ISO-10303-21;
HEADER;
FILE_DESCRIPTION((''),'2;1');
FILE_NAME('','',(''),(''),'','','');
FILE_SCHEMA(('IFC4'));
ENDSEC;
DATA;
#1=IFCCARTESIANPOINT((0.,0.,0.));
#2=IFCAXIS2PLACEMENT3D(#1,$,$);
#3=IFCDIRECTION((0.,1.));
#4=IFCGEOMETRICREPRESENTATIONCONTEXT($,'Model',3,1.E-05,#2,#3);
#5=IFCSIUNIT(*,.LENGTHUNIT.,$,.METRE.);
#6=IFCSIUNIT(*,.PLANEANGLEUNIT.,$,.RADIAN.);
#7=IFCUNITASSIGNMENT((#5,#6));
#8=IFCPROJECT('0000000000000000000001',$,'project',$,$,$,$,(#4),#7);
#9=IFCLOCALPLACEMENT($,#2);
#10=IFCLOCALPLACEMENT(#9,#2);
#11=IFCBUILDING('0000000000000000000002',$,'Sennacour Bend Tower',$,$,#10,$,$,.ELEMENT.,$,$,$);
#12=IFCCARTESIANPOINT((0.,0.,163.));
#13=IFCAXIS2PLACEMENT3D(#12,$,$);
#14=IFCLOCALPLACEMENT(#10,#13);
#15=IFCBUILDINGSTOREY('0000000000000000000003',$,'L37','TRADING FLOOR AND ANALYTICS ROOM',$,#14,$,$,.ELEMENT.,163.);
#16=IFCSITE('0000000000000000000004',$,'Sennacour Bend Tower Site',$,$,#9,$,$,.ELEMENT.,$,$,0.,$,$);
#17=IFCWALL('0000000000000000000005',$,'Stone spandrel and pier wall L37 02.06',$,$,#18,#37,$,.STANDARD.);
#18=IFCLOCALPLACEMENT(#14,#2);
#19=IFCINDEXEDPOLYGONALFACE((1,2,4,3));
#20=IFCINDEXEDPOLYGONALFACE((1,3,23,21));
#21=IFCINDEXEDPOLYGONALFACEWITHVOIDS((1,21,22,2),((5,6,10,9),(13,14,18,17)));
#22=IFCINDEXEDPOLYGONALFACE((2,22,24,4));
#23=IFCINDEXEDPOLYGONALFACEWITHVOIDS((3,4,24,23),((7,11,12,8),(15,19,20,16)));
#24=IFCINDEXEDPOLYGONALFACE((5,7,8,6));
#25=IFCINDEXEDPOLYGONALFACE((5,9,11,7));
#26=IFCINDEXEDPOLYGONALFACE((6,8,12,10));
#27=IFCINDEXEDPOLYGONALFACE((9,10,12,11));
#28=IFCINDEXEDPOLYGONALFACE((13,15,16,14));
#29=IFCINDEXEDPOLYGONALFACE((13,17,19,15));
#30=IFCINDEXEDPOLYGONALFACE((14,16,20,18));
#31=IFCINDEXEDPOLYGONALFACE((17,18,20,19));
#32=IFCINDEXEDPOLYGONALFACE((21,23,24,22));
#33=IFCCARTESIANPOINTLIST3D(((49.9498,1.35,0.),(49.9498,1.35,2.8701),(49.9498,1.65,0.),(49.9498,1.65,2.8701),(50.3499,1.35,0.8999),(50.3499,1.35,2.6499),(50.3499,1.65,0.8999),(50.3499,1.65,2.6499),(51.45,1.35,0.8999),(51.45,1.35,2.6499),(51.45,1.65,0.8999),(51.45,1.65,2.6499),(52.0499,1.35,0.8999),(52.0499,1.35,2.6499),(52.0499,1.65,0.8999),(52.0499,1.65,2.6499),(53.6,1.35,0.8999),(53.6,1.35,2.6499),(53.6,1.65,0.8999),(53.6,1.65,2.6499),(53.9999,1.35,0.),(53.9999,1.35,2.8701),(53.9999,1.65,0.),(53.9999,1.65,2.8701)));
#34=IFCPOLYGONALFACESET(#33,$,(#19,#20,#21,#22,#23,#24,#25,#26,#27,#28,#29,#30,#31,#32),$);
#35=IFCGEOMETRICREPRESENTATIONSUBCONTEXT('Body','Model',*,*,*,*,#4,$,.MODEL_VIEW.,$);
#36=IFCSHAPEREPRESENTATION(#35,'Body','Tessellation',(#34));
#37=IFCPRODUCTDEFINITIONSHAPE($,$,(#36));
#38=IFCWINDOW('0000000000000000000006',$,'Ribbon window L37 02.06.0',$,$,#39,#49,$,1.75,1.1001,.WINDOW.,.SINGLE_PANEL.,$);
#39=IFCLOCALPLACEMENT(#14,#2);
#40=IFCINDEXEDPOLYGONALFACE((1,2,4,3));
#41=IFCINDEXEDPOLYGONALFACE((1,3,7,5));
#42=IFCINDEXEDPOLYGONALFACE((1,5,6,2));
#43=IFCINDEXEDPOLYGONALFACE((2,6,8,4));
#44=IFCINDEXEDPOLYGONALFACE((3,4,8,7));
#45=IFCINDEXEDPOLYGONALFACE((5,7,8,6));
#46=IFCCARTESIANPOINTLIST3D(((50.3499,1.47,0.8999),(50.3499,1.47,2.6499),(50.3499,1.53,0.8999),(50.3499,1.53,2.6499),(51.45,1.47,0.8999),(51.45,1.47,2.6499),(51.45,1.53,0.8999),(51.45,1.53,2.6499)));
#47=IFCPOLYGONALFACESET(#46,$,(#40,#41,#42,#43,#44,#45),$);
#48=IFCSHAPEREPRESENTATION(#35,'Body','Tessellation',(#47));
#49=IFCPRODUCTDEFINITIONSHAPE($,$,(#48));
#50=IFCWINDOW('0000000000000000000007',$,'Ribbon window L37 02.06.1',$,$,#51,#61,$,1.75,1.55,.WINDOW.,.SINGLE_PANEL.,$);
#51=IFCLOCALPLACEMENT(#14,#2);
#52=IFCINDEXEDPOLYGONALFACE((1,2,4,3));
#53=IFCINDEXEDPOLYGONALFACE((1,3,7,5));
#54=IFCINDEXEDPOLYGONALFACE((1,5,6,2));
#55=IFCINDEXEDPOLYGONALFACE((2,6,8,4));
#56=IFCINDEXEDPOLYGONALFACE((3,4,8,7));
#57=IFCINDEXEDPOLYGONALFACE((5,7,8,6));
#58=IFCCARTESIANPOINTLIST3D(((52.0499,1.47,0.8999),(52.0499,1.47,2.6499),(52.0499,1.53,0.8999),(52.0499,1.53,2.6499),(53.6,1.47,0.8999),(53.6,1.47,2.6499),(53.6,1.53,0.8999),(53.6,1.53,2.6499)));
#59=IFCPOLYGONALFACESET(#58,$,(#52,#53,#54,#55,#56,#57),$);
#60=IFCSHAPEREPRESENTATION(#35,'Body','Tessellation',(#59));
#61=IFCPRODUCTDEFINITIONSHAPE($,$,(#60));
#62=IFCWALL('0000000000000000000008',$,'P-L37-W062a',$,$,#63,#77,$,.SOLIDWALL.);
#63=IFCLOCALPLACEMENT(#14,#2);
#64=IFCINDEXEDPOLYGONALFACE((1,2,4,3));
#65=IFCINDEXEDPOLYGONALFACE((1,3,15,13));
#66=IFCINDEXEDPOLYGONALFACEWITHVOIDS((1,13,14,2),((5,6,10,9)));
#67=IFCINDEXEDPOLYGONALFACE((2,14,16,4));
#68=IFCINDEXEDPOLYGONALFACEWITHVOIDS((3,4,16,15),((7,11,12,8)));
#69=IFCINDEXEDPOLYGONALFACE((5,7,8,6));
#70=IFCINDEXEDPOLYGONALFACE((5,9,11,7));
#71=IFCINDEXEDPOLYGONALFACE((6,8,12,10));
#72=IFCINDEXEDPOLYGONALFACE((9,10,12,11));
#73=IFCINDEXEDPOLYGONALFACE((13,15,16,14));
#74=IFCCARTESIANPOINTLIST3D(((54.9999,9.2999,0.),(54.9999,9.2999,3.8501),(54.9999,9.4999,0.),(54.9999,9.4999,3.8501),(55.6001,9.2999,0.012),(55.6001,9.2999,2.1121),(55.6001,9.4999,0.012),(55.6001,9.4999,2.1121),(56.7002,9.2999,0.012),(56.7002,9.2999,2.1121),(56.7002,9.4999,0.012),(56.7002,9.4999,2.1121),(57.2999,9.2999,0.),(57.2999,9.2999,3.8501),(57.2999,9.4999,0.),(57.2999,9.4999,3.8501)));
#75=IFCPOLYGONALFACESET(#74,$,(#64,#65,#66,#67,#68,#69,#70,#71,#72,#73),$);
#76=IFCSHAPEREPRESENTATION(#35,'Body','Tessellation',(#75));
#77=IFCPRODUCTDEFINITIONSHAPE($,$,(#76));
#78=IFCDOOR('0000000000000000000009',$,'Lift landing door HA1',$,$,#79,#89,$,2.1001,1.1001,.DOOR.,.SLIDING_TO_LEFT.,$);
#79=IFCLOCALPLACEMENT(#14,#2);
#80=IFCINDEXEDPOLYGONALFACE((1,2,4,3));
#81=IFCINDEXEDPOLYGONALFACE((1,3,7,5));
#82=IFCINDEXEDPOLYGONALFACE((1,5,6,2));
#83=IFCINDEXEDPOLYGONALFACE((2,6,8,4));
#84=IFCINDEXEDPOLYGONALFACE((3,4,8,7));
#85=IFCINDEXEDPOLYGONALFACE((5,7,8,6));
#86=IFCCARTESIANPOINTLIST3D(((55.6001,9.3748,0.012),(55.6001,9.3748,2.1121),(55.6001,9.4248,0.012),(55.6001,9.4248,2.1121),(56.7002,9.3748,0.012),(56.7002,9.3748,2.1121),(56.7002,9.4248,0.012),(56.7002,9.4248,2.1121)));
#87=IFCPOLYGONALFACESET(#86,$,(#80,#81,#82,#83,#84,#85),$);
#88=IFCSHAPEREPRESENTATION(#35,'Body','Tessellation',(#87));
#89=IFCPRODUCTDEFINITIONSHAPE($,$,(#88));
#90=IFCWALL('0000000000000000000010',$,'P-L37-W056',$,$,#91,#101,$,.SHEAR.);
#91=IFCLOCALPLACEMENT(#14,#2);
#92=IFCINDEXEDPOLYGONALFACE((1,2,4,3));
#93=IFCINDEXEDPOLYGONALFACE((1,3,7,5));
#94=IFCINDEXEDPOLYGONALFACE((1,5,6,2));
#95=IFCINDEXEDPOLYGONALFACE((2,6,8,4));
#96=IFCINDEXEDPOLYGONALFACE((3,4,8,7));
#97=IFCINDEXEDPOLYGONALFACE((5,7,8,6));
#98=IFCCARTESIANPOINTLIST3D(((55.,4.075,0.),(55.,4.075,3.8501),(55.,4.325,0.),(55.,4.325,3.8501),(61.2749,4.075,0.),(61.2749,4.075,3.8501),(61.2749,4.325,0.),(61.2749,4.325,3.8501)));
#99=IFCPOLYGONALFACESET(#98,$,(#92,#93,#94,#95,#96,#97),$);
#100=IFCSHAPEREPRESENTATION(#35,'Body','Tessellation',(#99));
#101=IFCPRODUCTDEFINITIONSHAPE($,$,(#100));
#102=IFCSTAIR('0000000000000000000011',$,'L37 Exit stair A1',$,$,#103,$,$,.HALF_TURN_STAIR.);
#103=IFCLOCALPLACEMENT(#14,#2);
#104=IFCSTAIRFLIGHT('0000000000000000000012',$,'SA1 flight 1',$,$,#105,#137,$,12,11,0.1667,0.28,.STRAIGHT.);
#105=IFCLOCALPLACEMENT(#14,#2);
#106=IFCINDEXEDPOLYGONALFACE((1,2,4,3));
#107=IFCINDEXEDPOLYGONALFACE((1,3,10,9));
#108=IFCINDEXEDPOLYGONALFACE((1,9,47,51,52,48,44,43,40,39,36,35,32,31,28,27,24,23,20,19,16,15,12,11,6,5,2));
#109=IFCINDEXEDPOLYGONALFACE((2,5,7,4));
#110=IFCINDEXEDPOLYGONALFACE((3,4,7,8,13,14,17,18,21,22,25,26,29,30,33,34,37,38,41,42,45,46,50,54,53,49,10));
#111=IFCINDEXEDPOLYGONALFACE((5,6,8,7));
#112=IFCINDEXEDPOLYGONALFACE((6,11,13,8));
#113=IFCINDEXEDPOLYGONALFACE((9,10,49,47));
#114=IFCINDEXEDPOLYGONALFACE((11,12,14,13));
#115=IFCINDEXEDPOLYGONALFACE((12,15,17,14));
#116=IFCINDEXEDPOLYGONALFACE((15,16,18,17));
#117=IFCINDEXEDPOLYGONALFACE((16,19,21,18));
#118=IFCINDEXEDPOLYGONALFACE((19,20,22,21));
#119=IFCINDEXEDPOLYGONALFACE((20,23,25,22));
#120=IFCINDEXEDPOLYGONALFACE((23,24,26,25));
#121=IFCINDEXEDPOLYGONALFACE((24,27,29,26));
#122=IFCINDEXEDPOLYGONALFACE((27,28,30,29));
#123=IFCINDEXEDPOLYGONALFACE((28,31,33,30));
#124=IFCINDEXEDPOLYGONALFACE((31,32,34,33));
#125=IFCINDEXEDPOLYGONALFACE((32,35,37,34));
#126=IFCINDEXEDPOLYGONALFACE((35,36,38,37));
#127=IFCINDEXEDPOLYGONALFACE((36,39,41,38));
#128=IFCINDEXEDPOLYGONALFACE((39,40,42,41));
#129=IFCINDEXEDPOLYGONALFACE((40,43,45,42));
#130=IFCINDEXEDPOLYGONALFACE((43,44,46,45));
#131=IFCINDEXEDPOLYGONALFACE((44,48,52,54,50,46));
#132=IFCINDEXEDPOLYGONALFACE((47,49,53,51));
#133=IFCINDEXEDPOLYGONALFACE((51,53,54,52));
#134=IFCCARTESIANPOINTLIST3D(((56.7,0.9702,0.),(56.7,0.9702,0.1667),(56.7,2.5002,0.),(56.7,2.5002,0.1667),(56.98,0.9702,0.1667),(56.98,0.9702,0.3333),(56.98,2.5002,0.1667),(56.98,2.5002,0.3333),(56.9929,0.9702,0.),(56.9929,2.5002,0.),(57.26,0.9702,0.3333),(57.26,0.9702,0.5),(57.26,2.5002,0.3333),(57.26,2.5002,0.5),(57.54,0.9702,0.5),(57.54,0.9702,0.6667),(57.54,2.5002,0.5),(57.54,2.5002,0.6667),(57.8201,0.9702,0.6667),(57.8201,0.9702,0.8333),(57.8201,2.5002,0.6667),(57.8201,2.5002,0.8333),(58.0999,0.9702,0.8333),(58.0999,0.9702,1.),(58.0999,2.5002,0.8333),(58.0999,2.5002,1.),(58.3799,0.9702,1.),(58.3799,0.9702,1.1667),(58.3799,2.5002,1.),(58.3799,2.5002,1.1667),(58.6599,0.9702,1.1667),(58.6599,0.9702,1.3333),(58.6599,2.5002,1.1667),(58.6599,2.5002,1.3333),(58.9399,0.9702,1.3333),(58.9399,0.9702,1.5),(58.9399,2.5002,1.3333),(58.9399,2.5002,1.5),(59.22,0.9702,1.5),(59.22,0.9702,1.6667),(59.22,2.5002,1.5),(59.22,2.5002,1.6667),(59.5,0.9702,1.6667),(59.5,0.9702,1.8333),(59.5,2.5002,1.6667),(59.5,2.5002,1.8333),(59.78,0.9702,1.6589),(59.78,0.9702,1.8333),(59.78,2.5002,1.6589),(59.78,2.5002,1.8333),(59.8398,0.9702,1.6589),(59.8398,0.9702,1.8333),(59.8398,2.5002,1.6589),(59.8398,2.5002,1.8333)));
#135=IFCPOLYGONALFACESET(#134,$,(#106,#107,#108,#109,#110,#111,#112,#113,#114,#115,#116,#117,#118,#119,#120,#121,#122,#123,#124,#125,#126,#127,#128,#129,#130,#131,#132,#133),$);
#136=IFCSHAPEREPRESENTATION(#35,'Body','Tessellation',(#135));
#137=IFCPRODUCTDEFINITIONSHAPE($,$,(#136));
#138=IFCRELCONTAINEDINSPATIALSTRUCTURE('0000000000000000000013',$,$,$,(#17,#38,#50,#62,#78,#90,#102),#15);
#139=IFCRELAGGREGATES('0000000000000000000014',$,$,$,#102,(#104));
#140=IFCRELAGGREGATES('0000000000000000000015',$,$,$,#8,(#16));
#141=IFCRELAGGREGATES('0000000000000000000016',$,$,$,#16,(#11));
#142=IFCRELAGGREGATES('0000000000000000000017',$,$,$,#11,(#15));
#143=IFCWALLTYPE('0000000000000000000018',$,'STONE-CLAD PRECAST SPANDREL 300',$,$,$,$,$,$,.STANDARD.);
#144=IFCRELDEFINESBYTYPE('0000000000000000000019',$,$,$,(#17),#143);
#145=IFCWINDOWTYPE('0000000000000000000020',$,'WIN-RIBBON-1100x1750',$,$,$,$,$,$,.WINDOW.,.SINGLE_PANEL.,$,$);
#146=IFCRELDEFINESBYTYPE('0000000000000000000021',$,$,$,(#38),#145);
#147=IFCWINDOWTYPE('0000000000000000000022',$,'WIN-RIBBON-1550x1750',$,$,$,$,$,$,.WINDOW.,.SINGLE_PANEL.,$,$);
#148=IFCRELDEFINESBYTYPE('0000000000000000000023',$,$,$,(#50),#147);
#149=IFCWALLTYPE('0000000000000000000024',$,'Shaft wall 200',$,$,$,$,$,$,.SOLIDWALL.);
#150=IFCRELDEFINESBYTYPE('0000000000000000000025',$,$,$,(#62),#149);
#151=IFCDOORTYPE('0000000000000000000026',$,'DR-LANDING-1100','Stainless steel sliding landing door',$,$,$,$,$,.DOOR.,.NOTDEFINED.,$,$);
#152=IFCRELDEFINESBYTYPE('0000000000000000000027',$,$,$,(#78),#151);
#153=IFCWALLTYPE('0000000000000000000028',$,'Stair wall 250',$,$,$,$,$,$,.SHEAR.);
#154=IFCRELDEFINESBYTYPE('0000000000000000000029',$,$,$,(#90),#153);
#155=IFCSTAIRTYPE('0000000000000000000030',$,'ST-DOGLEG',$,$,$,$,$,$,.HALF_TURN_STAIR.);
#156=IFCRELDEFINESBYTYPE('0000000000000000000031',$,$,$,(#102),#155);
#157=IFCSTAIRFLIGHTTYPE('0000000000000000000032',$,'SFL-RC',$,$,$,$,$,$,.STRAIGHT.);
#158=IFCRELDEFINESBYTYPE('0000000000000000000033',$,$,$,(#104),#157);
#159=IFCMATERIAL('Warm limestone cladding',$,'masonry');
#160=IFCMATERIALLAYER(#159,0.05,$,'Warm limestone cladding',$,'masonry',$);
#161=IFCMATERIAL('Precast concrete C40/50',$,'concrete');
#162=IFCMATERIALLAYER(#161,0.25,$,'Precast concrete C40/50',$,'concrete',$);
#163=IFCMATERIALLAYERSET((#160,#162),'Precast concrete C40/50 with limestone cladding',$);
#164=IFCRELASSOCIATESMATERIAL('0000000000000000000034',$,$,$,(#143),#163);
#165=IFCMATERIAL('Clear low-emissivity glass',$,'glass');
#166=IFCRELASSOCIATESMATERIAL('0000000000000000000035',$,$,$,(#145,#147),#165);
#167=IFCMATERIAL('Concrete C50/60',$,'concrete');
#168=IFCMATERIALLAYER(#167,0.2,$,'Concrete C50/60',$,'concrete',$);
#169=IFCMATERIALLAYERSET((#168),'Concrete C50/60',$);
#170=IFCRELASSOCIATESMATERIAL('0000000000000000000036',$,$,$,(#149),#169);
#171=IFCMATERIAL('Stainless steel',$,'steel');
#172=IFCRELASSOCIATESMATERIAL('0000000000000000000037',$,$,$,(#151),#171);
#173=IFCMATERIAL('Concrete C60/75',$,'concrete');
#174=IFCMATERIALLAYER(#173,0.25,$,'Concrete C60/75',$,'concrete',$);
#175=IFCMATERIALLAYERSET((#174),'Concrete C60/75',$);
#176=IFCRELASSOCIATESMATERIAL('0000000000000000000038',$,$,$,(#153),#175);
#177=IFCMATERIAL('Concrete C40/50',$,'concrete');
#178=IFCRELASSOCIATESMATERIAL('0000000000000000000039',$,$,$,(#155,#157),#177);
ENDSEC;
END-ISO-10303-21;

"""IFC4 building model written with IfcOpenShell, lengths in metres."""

from ifc_helpers import new_model, si_unit, direction, frame, frame_2d, origin, place, context, subcontext, project, spatial, polyline, rectangle, outline, extrude, material, layer, layer_set, type_object, element, fill, aggregate, save


model = new_model("IFC4")

# Units and contexts
model_context = context("Model", 3, precision=1e-05, world=origin(), true_north=direction((0.0, 1.0)))
body_context = subcontext(model_context, "Body", "Model", "MODEL_VIEW")
ifc_project = project(units=[si_unit("LENGTHUNIT", "METRE"), si_unit("PLANEANGLEUNIT", "RADIAN")], contexts=[model_context])

# Site, building, storey
site_placement = place(None, origin())
site = spatial("IfcSite", under=ifc_project, at=site_placement, Name="Sennacour Bend Tower Site", CompositionType="ELEMENT", RefElevation=0.0)
building_placement = place(site_placement, origin())
building = spatial("IfcBuilding", under=site, at=building_placement, Name="Sennacour Bend Tower", CompositionType="ELEMENT")
storey_placement = place(building_placement, frame((0.0, 0.0, 163.0)))
storey = spatial("IfcBuildingStorey", under=building, at=storey_placement, Name="L37", Description="TRADING FLOOR AND ANALYTICS ROOM", CompositionType="ELEMENT", Elevation=163.0)

# Shared definitions
ifc_material_1 = material(Name="Concrete C60/75", Category="concrete")

# Wall, openings, windows
ifc_material_2 = material(Name="Warm limestone cladding", Category="masonry")
ifc_layer_1 = layer(ifc_material_2, 0.05, Name="Warm limestone cladding", Category="masonry")
ifc_material_3 = material(Name="Precast concrete C40/50", Category="concrete")
ifc_layer_2 = layer(ifc_material_3, 0.25, Name="Precast concrete C40/50", Category="concrete")
ifc_layer_set_1 = layer_set([ifc_layer_1, ifc_layer_2], Name="Precast concrete C40/50 with limestone cladding")
wall_type_1 = type_object("IfcWallType", Name="STONE-CLAD PRECAST SPANDREL 300", PredefinedType="STANDARD", material=ifc_layer_set_1)
wall_1_placement = place(storey_placement, frame((49.95, 1.5, 0.0), z_axis=(0.0, 0.0, 1.0), x_axis=(1.0, 0.0, 0.0)))
wall_1 = element("IfcWall", 1, at=wall_1_placement, inside=storey, type_object=wall_type_1, Name="Stone spandrel and pier wall L37 02.06", PredefinedType="STANDARD", context=body_context, shape_type="SweptSolid", body=[
    extrude(rectangle(XDim=4.05, YDim=0.3, at=frame_2d((2.0249, 0.0))), origin(), (0.0, 0.0, 1.0), 2.8701),
])
opening_1_placement = place(wall_1_placement, frame((0.3999, 0.0, 0.8999)))
opening_1 = element("IfcOpeningElement", 2, at=opening_1_placement, cuts=wall_1, PredefinedType="OPENING", context=body_context, shape_type="SweptSolid", body=[
    extrude(rectangle(XDim=1.1001, YDim=1.75, at=frame_2d((0.55, 0.875))), frame((0.0, 0.1602, 0.0), z_axis=(0.0, -1.0, 0.0), x_axis=(1.0, 0.0, 0.0)), (0.0, 0.0, 1.0), 0.3201),
])
opening_2_placement = place(wall_1_placement, frame((2.1001, 0.0, 0.8999)))
opening_2 = element("IfcOpeningElement", 3, at=opening_2_placement, cuts=wall_1, PredefinedType="OPENING", context=body_context, shape_type="SweptSolid", body=[
    extrude(rectangle(XDim=1.55, YDim=1.75, at=frame_2d((0.7749, 0.875))), frame((0.0, 0.1602, 0.0), z_axis=(0.0, -1.0, 0.0), x_axis=(1.0, 0.0, 0.0)), (0.0, 0.0, 1.0), 0.3201),
])
ifc_material_4 = material(Name="Clear low-emissivity glass", Category="glass")
window_type_1 = type_object("IfcWindowType", Name="WIN-RIBBON-1100x1750", PartitioningType="SINGLE_PANEL", PredefinedType="WINDOW", material=ifc_material_4)
window_1_placement = place(opening_1_placement, origin())
window_1 = element("IfcWindow", 4, at=window_1_placement, inside=storey, type_object=window_type_1, Name="Ribbon window L37 02.06.0", OverallHeight=1.75, OverallWidth=1.1001, PartitioningType="SINGLE_PANEL", PredefinedType="WINDOW", context=body_context, shape_type="SweptSolid", body=[
    extrude(rectangle(XDim=1.1001, YDim=1.75, at=frame_2d((0.55, 0.875))), frame((0.0, 0.03, 0.0), z_axis=(0.0, -1.0, 0.0), x_axis=(1.0, 0.0, 0.0)), (0.0, 0.0, 1.0), 0.0601),
])
fill(opening_1, window_1)
window_type_2 = type_object("IfcWindowType", Name="WIN-RIBBON-1550x1750", PartitioningType="SINGLE_PANEL", PredefinedType="WINDOW", material=ifc_material_4)
window_2_placement = place(opening_2_placement, origin())
window_2 = element("IfcWindow", 5, at=window_2_placement, inside=storey, type_object=window_type_2, Name="Ribbon window L37 02.06.1", OverallHeight=1.75, OverallWidth=1.55, PartitioningType="SINGLE_PANEL", PredefinedType="WINDOW", context=body_context, shape_type="SweptSolid", body=[
    extrude(rectangle(XDim=1.55, YDim=1.75, at=frame_2d((0.7749, 0.875))), frame((0.0, 0.03, 0.0), z_axis=(0.0, -1.0, 0.0), x_axis=(1.0, 0.0, 0.0)), (0.0, 0.0, 1.0), 0.0601),
])
fill(opening_2, window_2)

# Wall, opening, door
ifc_material_5 = material(Name="Concrete C50/60", Category="concrete")
ifc_layer_3 = layer(ifc_material_5, 0.2, Name="Concrete C50/60", Category="concrete")
ifc_layer_set_2 = layer_set([ifc_layer_3], Name="Concrete C50/60")
wall_type_2 = type_object("IfcWallType", Name="Shaft wall 200", PredefinedType="SOLIDWALL", material=ifc_layer_set_2)
wall_2_placement = place(storey_placement, frame((55.0, 9.3999, 0.0), z_axis=(0.0, 0.0, 1.0), x_axis=(1.0, 0.0, 0.0)))
wall_2 = element("IfcWall", 6, at=wall_2_placement, inside=storey, type_object=wall_type_2, Name="P-L37-W062a", PredefinedType="SOLIDWALL", context=body_context, shape_type="SweptSolid", body=[
    extrude(rectangle(XDim=2.3, YDim=0.2, at=frame_2d((1.1499, 0.0))), origin(), (0.0, 0.0, 1.0), 3.8501),
])
opening_3_placement = place(wall_2_placement, frame((0.6001, 0.0, 0.012)))
opening_3 = element("IfcOpeningElement", 7, at=opening_3_placement, cuts=wall_2, PredefinedType="OPENING", context=body_context, shape_type="SweptSolid", body=[
    extrude(rectangle(XDim=1.1001, YDim=2.1001, at=frame_2d((0.55, 1.05))), frame((0.0, 0.1099, 0.0), z_axis=(0.0, -1.0, 0.0), x_axis=(1.0, 0.0, 0.0)), (0.0, 0.0, 1.0), 0.22),
])
ifc_material_6 = material(Name="Stainless steel", Category="steel")
door_type_1 = type_object("IfcDoorType", Name="DR-LANDING-1100", Description="Stainless steel sliding landing door", OperationType="NOTDEFINED", PredefinedType="DOOR", material=ifc_material_6)
door_1_placement = place(opening_3_placement, origin())
door_1 = element("IfcDoor", 8, at=door_1_placement, inside=storey, type_object=door_type_1, Name="Lift landing door HA1", OperationType="SLIDING_TO_LEFT", OverallHeight=2.1001, OverallWidth=1.1001, PredefinedType="DOOR", context=body_context, shape_type="SweptSolid", body=[
    extrude(rectangle(XDim=1.1001, YDim=2.1001, at=frame_2d((0.55, 1.05))), frame((0.0, 0.0249, 0.0), z_axis=(0.0, -1.0, 0.0), x_axis=(1.0, 0.0, 0.0)), (0.0, 0.0, 1.0), 0.05),
])
fill(opening_3, door_1)

# Wall
ifc_layer_4 = layer(ifc_material_1, 0.25, Name="Concrete C60/75", Category="concrete")
ifc_layer_set_3 = layer_set([ifc_layer_4], Name="Concrete C60/75")
wall_type_3 = type_object("IfcWallType", Name="Stair wall 250", PredefinedType="SHEAR", material=ifc_layer_set_3)
wall_3_placement = place(storey_placement, frame((55.0, 4.2, 0.0), z_axis=(0.0, 0.0, 1.0), x_axis=(1.0, 0.0, 0.0)))
element("IfcWall", 9, at=wall_3_placement, inside=storey, type_object=wall_type_3, Name="P-L37-W056", PredefinedType="SHEAR", context=body_context, shape_type="SweptSolid", body=[
    extrude(rectangle(XDim=6.2749, YDim=0.25, at=frame_2d((3.1375, 0.0))), origin(), (0.0, 0.0, 1.0), 3.8501),
])

# Stair, stair flight
ifc_material_7 = material(Name="Concrete C40/50", Category="concrete")
stair_type = type_object("IfcStairType", Name="ST-DOGLEG", PredefinedType="HALF_TURN_STAIR", material=ifc_material_7)
stair_placement = place(storey_placement, origin())
stair = element("IfcStair", 10, at=stair_placement, inside=storey, type_object=stair_type, Name="L37 Exit stair A1", PredefinedType="HALF_TURN_STAIR")
stair_flight_type = type_object("IfcStairFlightType", Name="SFL-RC", PredefinedType="STRAIGHT", material=ifc_material_7)
stair_flight_placement = place(storey_placement, frame((56.7, 1.7351, 0.0), z_axis=(0.0, 0.0, 1.0), x_axis=(1.0, 0.0, 0.0)))
stair_flight = element("IfcStairFlight", 11, at=stair_flight_placement, type_object=stair_flight_type, Name="SA1 flight 1", NumberOfRisers=12, NumberOfTreads=11, PredefinedType="STRAIGHT", RiserHeight=0.1667, TreadLength=0.28, context=body_context, shape_type="SweptSolid", body=[
    extrude(outline(polyline([(0.0, 0.0), (0.0, 0.1667), (0.28, 0.1667), (0.28, 0.3333), (0.5601, 0.3333), (0.5601, 0.5), (0.8401, 0.5), (0.8401, 0.6667), (1.1201, 0.6667), (1.1201, 0.8333), (1.3999, 0.8333), (1.3999, 1.0), (1.6799, 1.0), (1.6799, 1.1667), (1.96, 1.1667), (1.96, 1.3333), (2.24, 1.3333), (2.24, 1.5), (2.52, 1.5), (2.52, 1.6667), (2.8, 1.6667), (2.8, 1.8333), (3.0801, 1.8333), (3.1399, 1.8333), (3.1399, 1.6589), (3.0801, 1.6589), (0.293, 0.0), (0.0, 0.0)])), frame((0.0, 0.7651, 0.0), z_axis=(0.0, -1.0, 0.0), x_axis=(1.0, 0.0, 0.0)), (0.0, 0.0, 1.0), 1.53),
])
aggregate(stair, [stair_flight])

save(model, "model.ifc")
